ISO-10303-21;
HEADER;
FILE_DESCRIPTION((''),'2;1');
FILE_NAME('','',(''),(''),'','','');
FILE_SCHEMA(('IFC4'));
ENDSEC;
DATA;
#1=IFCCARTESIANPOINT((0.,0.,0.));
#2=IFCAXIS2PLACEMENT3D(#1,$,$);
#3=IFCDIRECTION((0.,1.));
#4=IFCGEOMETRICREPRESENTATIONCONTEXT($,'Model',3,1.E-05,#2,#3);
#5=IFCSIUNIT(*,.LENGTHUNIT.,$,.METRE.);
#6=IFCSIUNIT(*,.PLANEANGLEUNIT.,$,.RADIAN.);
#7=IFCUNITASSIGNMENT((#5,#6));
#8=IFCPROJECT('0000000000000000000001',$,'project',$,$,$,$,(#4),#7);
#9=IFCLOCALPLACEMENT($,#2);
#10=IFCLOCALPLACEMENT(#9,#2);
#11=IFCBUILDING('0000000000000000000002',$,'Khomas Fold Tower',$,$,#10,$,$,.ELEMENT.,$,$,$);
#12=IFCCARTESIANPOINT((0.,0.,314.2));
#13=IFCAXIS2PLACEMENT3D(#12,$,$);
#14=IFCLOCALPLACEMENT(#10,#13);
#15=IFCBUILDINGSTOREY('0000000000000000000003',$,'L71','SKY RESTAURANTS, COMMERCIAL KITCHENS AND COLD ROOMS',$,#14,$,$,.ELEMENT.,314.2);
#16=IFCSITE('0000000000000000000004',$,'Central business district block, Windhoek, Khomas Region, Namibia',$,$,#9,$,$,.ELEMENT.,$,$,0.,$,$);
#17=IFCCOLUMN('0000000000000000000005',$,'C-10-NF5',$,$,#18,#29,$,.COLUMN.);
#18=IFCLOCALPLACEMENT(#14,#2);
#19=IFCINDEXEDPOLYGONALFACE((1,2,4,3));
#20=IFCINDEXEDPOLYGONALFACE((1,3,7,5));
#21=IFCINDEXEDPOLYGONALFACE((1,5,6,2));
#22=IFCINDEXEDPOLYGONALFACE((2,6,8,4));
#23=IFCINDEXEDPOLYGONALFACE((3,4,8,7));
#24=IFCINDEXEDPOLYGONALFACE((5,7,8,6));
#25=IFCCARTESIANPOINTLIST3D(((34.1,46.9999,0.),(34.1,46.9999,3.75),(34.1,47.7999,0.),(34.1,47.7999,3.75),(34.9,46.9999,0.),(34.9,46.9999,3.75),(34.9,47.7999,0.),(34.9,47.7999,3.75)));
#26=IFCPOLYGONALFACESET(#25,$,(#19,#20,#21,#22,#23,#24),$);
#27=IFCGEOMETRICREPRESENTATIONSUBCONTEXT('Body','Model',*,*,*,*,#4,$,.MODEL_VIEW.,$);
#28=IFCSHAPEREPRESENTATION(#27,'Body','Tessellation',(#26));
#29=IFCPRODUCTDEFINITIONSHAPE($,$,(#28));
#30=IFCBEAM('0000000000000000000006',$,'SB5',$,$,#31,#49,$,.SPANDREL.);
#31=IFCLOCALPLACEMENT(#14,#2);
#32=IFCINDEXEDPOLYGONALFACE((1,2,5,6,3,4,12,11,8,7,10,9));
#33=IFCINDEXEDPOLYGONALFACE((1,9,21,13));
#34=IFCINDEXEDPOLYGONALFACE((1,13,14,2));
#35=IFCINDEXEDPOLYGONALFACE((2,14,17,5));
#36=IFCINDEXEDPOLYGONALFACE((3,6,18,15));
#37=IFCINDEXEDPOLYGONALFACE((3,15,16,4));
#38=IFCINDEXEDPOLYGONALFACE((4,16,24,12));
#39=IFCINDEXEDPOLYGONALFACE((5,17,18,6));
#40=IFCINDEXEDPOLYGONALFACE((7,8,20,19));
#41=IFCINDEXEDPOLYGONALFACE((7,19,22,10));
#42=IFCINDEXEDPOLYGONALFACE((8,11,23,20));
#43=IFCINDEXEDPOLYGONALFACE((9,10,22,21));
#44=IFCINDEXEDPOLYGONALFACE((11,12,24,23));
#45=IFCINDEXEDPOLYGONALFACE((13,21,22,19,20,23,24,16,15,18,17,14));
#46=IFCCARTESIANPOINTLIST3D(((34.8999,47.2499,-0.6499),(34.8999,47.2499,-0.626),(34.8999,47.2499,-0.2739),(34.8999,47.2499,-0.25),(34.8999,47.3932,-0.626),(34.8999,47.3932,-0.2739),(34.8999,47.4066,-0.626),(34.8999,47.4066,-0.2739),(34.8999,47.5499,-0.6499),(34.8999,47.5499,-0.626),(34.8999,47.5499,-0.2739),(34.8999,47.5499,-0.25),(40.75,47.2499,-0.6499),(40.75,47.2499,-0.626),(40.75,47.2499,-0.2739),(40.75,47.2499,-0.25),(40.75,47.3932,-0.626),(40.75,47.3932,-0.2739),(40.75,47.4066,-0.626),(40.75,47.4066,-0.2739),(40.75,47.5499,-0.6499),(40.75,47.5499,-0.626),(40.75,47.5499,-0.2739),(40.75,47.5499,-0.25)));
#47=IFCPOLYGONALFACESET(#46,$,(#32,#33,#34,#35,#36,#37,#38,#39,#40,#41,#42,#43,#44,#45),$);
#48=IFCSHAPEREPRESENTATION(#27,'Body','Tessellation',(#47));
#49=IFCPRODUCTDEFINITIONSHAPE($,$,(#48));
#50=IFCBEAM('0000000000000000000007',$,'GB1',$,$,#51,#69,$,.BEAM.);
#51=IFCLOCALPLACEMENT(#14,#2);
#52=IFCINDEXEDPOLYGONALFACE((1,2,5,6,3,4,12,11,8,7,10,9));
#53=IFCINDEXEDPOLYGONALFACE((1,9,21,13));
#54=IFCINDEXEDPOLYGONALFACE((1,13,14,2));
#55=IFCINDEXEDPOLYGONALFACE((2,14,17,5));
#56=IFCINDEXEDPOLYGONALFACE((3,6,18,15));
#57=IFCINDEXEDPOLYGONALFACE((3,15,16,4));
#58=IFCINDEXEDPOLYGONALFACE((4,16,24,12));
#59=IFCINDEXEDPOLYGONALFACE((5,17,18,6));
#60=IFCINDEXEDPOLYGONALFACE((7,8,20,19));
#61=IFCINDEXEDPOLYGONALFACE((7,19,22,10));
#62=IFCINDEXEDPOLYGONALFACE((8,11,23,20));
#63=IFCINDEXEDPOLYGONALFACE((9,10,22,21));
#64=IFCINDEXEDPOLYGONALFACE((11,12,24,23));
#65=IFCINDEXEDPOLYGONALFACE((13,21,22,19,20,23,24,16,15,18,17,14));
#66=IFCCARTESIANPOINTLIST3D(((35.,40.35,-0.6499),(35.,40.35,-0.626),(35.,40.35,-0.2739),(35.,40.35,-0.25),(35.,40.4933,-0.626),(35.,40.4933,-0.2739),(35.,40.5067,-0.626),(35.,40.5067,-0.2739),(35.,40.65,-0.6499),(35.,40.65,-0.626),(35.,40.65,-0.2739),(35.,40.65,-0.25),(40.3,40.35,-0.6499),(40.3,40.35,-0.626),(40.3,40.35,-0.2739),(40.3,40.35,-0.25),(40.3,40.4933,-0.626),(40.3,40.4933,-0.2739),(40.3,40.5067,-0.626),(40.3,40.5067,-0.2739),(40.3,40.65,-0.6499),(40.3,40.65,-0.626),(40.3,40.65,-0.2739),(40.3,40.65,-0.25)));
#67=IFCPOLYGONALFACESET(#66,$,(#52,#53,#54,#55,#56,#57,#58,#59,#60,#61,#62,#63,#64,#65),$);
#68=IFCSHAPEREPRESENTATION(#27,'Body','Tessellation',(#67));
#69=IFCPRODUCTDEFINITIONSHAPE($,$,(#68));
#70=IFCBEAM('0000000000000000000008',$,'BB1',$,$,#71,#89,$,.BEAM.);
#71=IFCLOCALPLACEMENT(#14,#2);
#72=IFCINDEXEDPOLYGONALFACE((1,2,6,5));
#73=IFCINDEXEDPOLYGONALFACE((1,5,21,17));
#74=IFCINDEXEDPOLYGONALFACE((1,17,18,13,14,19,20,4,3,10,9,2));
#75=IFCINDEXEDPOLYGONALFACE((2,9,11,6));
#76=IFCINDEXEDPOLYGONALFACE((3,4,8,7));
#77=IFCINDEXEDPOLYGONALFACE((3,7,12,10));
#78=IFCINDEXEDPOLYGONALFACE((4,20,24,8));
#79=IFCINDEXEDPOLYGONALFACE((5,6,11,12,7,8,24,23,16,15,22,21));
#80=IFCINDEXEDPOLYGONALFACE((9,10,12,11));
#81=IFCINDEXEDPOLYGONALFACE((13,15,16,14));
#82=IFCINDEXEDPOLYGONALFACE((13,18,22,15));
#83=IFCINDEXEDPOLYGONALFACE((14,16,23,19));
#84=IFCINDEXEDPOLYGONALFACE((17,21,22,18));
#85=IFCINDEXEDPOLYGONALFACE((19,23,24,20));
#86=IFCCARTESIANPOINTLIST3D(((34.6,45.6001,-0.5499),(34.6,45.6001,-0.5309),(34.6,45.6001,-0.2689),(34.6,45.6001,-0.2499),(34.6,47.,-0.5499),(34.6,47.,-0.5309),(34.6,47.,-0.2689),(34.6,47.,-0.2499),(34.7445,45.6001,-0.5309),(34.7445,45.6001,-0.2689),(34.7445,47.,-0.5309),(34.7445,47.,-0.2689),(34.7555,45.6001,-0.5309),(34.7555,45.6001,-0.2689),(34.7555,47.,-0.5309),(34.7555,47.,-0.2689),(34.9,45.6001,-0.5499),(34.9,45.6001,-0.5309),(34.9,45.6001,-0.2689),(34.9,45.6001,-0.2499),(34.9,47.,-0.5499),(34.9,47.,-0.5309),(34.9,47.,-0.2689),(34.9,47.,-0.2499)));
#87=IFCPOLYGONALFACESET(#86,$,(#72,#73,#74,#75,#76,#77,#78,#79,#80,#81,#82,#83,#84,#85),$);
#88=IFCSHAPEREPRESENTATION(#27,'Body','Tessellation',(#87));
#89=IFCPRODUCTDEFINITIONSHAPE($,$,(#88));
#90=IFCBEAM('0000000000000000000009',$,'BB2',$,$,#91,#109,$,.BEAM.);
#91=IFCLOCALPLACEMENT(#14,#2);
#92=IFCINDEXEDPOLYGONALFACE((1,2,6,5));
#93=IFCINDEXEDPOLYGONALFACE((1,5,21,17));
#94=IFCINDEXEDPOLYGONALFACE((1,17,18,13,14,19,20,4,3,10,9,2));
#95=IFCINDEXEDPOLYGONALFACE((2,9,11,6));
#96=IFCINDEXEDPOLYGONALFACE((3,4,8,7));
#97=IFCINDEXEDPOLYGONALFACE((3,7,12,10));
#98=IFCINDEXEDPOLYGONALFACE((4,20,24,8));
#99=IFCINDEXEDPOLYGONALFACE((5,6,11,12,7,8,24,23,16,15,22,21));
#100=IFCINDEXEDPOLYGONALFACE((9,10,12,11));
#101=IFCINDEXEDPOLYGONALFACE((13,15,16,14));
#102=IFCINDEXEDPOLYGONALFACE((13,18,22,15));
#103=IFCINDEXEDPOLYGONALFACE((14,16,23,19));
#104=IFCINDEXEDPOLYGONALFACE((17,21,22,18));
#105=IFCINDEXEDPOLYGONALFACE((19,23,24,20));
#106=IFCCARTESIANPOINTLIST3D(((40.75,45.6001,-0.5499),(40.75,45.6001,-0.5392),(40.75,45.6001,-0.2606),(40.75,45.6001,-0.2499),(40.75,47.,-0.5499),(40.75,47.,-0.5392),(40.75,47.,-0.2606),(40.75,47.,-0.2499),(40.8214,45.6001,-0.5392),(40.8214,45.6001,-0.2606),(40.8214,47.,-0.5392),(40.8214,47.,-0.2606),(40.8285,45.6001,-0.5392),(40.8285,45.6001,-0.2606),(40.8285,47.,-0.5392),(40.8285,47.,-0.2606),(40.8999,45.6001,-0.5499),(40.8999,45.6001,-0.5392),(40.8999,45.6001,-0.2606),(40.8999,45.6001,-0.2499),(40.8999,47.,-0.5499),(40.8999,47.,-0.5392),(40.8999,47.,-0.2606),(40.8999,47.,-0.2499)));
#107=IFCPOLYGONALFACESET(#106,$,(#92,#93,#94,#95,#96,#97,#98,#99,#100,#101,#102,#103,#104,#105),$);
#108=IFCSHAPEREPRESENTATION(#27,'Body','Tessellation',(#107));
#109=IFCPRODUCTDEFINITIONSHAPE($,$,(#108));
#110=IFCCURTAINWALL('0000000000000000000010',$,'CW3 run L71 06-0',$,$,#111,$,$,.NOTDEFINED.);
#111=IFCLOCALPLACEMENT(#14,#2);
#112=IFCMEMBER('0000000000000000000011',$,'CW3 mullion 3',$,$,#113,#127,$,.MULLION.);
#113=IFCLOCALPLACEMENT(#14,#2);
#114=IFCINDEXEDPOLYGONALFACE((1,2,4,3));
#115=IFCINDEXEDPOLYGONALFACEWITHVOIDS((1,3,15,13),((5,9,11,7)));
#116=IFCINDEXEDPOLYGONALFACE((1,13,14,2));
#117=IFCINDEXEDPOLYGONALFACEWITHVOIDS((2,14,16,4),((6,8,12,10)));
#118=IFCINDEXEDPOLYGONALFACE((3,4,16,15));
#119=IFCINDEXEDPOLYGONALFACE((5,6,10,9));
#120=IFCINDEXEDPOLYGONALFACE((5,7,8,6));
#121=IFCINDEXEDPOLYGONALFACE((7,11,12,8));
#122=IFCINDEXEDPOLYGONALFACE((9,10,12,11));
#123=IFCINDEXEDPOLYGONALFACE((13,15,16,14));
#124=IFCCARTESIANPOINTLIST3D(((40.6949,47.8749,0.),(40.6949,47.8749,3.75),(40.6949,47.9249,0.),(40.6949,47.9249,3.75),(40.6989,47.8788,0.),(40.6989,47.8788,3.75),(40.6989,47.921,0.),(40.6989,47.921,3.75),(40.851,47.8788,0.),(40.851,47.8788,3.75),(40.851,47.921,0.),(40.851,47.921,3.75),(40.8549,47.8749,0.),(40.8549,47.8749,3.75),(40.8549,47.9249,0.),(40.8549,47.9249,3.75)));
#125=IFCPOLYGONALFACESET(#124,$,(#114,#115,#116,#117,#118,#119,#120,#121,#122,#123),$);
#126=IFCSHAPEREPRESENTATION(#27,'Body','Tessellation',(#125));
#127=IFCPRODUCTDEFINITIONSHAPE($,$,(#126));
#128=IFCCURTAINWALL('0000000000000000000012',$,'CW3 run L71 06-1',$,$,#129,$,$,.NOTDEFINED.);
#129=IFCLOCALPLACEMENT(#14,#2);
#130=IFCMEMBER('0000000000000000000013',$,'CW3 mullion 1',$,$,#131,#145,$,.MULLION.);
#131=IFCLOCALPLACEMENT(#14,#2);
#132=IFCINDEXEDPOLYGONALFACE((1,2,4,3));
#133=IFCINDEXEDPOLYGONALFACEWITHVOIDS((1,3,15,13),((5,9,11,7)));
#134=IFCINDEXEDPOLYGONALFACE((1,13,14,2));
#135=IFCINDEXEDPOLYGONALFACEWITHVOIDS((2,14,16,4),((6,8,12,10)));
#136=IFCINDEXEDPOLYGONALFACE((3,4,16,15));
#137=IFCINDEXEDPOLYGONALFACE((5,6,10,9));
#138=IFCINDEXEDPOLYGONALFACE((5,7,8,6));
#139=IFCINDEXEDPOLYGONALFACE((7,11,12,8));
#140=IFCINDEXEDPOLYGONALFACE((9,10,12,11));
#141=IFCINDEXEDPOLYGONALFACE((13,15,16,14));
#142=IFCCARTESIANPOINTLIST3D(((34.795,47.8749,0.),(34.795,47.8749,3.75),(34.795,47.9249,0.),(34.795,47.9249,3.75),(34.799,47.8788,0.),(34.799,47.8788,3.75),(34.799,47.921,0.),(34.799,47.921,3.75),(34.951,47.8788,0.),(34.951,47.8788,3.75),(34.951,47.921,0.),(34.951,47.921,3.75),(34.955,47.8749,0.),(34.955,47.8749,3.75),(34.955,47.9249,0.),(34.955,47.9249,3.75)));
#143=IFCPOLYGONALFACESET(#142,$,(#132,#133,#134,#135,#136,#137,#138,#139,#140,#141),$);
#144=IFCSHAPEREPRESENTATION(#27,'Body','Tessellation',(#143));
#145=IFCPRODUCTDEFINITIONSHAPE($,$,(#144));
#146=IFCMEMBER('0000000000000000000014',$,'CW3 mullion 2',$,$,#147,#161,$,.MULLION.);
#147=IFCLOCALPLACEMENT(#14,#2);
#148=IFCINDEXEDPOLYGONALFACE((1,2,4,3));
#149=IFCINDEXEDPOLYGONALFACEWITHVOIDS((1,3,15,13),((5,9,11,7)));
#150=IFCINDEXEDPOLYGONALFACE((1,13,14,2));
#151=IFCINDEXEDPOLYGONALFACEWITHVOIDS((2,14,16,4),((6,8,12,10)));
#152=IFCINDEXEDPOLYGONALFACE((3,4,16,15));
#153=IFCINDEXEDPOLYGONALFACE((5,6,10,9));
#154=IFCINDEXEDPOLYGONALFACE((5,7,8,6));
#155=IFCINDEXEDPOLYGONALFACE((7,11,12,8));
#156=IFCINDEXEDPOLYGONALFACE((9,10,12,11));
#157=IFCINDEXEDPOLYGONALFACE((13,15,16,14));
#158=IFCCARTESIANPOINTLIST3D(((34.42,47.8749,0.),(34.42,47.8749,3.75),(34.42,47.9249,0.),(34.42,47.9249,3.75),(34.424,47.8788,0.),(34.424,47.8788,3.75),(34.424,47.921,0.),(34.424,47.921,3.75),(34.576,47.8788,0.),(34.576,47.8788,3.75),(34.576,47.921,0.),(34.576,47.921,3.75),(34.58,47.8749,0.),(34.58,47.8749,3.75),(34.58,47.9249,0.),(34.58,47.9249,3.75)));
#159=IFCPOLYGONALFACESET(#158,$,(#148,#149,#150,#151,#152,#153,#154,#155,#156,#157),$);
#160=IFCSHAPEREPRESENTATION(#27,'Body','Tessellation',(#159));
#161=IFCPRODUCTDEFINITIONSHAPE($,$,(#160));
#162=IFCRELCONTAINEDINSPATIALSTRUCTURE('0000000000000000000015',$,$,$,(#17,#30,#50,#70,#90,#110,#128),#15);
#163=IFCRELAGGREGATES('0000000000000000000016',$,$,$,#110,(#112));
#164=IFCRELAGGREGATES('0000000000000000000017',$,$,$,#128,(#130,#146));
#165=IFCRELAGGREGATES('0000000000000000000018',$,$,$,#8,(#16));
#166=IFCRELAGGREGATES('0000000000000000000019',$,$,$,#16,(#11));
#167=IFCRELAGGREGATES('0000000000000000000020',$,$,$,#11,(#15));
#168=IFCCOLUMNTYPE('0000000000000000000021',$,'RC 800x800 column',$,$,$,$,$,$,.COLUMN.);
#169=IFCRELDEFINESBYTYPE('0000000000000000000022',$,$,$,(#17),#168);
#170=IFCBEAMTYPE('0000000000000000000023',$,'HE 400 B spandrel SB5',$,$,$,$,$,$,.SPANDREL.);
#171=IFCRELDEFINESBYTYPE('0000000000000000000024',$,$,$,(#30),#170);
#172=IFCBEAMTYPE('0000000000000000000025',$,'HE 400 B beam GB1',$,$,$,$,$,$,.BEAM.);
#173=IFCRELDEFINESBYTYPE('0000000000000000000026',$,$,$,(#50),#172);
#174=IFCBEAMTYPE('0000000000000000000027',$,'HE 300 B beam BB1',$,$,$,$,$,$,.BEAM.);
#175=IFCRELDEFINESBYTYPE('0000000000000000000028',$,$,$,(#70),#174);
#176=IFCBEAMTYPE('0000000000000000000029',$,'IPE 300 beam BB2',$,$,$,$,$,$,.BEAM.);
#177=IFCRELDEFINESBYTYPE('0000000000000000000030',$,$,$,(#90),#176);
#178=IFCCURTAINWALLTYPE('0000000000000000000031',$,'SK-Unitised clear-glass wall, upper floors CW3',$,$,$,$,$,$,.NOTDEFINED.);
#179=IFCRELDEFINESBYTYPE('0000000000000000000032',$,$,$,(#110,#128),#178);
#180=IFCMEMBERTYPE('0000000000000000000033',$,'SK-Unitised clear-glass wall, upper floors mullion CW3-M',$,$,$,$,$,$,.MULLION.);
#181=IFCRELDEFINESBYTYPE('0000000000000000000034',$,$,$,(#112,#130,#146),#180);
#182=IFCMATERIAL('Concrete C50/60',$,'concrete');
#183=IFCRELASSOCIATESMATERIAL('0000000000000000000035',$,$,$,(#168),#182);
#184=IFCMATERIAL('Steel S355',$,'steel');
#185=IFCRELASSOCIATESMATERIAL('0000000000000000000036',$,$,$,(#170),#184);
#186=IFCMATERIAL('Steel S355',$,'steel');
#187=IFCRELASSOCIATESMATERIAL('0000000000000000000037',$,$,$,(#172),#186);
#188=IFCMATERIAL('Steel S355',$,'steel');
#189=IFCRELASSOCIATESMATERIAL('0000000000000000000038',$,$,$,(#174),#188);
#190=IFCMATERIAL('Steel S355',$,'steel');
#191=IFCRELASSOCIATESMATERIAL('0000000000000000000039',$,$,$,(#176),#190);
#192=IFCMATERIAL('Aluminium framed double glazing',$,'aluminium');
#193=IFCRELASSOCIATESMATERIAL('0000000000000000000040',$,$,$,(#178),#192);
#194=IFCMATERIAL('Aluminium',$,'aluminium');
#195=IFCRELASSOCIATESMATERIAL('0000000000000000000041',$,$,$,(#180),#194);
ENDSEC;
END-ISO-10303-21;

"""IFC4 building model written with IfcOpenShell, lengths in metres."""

from ifc_helpers import new_model, si_unit, direction, frame, origin, origin_2d, place, context, subcontext, project, spatial, rectangle, hollow_rectangle, i_section, extrude, source, transform, mapped, material, material_profile, profile_set, type_object, element, aggregate, save


model = new_model("IFC4")

# Units and contexts
model_context = context("Model", 3, precision=1e-05, world=origin(), true_north=direction((0.0, 1.0)))
body_context = subcontext(model_context, "Body", "Model", "MODEL_VIEW")
ifc_project = project(units=[si_unit("LENGTHUNIT", "METRE"), si_unit("PLANEANGLEUNIT", "RADIAN")], contexts=[model_context])

# Site, building, storey
site_placement = place(None, origin())
site = spatial("IfcSite", under=ifc_project, at=site_placement, Name="Central business district block, Windhoek, Khomas Region, Namibia", CompositionType="ELEMENT", RefElevation=0.0)
building_placement = place(site_placement, origin())
building = spatial("IfcBuilding", under=site, at=building_placement, Name="Khomas Fold Tower", CompositionType="ELEMENT")
storey_placement = place(building_placement, frame((0.0, 0.0, 314.2)))
storey = spatial("IfcBuildingStorey", under=building, at=storey_placement, Name="L71", Description="SKY RESTAURANTS, COMMERCIAL KITCHENS AND COLD ROOMS", CompositionType="ELEMENT", Elevation=314.2)

# Column
ifc_material_1 = material(Name="Concrete C50/60", Category="concrete")
ifc_material_profile_1 = material_profile(ifc_material_1, rectangle(XDim=0.8, YDim=0.8, at=origin_2d()), Name="RC 800x800")
ifc_profile_set_1 = profile_set([ifc_material_profile_1], Name="Concrete C50/60")
column_type = type_object("IfcColumnType", Name="RC 800x800 column", PredefinedType="COLUMN", material=ifc_profile_set_1)
shared_shape_1 = source(origin(), body_context, "Body", "SweptSolid", [
    extrude(rectangle(XDim=0.8, YDim=0.8, at=origin_2d()), origin(), (0.0, 0.0, 1.0), 3.75),
])
column_placement = place(storey_placement, frame((34.5, 47.3999, 0.0), z_axis=(0.0, 0.0, 1.0), x_axis=(1.0, 0.0, 0.0)))
element("IfcColumn", 1, at=column_placement, inside=storey, type_object=column_type, Name="C-10-NF5", PredefinedType="COLUMN", context=body_context, shape_type="MappedRepresentation", body=[
    mapped(shared_shape_1, transform((0.0, 0.0, 0.0))),
])

# Beams
ifc_material_2 = material(Name="Steel S355", Category="steel")
ifc_material_profile_2 = material_profile(ifc_material_2, i_section(OverallWidth=0.3, OverallDepth=0.3999, WebThickness=0.0134, FlangeThickness=0.0239, at=origin_2d()), Name="HE 400 B")
ifc_profile_set_2 = profile_set([ifc_material_profile_2], Name="Steel S355")
beam_type_1 = type_object("IfcBeamType", Name="HE 400 B spandrel SB5", PredefinedType="SPANDREL", material=ifc_profile_set_2)
shared_shape_2 = source(origin(), body_context, "Body", "SweptSolid", [
    extrude(i_section(OverallWidth=0.3, OverallDepth=0.3999, WebThickness=0.0134, FlangeThickness=0.0239, at=origin_2d()), origin(), (0.0, 0.0, 1.0), 5.8501),
])
beam_1_placement = place(storey_placement, frame((34.8999, 47.3999, -0.45), z_axis=(1.0, 0.0, 0.0), x_axis=(0.0, 1.0, 0.0)))
element("IfcBeam", 2, at=beam_1_placement, inside=storey, type_object=beam_type_1, Name="SB5", PredefinedType="SPANDREL", context=body_context, shape_type="MappedRepresentation", body=[
    mapped(shared_shape_2, transform((0.0, 0.0, 0.0))),
])
ifc_material_3 = material(Name="Steel S355", Category="steel")
ifc_material_profile_3 = material_profile(ifc_material_3, i_section(OverallWidth=0.3, OverallDepth=0.3999, WebThickness=0.0134, FlangeThickness=0.0239, at=origin_2d()), Name="HE 400 B")
ifc_profile_set_3 = profile_set([ifc_material_profile_3], Name="Steel S355")
beam_type_2 = type_object("IfcBeamType", Name="HE 400 B beam GB1", PredefinedType="BEAM", material=ifc_profile_set_3)
shared_shape_3 = source(origin(), body_context, "Body", "SweptSolid", [
    extrude(i_section(OverallWidth=0.3, OverallDepth=0.3999, WebThickness=0.0134, FlangeThickness=0.0239, at=origin_2d()), origin(), (0.0, 0.0, 1.0), 5.3),
])
beam_2_placement = place(storey_placement, frame((35.0, 40.5, -0.45), z_axis=(1.0, 0.0, 0.0), x_axis=(0.0, 1.0, 0.0)))
element("IfcBeam", 3, at=beam_2_placement, inside=storey, type_object=beam_type_2, Name="GB1", PredefinedType="BEAM", context=body_context, shape_type="MappedRepresentation", body=[
    mapped(shared_shape_3, transform((0.0, 0.0, 0.0))),
])
ifc_material_4 = material(Name="Steel S355", Category="steel")
ifc_material_profile_4 = material_profile(ifc_material_4, i_section(OverallWidth=0.3, OverallDepth=0.3, WebThickness=0.011, FlangeThickness=0.019, at=origin_2d()), Name="HE 300 B")
ifc_profile_set_4 = profile_set([ifc_material_profile_4], Name="Steel S355")
beam_type_3 = type_object("IfcBeamType", Name="HE 300 B beam BB1", PredefinedType="BEAM", material=ifc_profile_set_4)
shared_shape_4 = source(origin(), body_context, "Body", "SweptSolid", [
    extrude(i_section(OverallWidth=0.3, OverallDepth=0.3, WebThickness=0.011, FlangeThickness=0.019, at=origin_2d()), origin(), (0.0, 0.0, 1.0), 1.3999),
])
beam_3_placement = place(storey_placement, frame((34.75, 45.6001, -0.3999), z_axis=(0.0, 1.0, 0.0), x_axis=(-1.0, 0.0, 0.0)))
element("IfcBeam", 4, at=beam_3_placement, inside=storey, type_object=beam_type_3, Name="BB1", PredefinedType="BEAM", context=body_context, shape_type="MappedRepresentation", body=[
    mapped(shared_shape_4, transform((0.0, 0.0, 0.0))),
])
ifc_material_5 = material(Name="Steel S355", Category="steel")
ifc_material_profile_5 = material_profile(ifc_material_5, i_section(OverallWidth=0.1499, OverallDepth=0.3, WebThickness=0.0071, FlangeThickness=0.0107, at=origin_2d()), Name="IPE 300")
ifc_profile_set_5 = profile_set([ifc_material_profile_5], Name="Steel S355")
beam_type_4 = type_object("IfcBeamType", Name="IPE 300 beam BB2", PredefinedType="BEAM", material=ifc_profile_set_5)
shared_shape_5 = source(origin(), body_context, "Body", "SweptSolid", [
    extrude(i_section(OverallWidth=0.1499, OverallDepth=0.3, WebThickness=0.0071, FlangeThickness=0.0107, at=origin_2d()), origin(), (0.0, 0.0, 1.0), 1.3999),
])
beam_4_placement = place(storey_placement, frame((40.825, 45.6001, -0.3999), z_axis=(0.0, 1.0, 0.0), x_axis=(-1.0, 0.0, 0.0)))
element("IfcBeam", 5, at=beam_4_placement, inside=storey, type_object=beam_type_4, Name="BB2", PredefinedType="BEAM", context=body_context, shape_type="MappedRepresentation", body=[
    mapped(shared_shape_5, transform((0.0, 0.0, 0.0))),
])

# Curtain wall, member
ifc_material_6 = material(Name="Aluminium framed double glazing", Category="aluminium")
curtain_wall_type = type_object("IfcCurtainWallType", Name="SK-Unitised clear-glass wall, upper floors CW3", PredefinedType="NOTDEFINED", material=ifc_material_6)
curtain_wall_1_placement = place(storey_placement, origin())
curtain_wall_1 = element("IfcCurtainWall", 6, at=curtain_wall_1_placement, inside=storey, type_object=curtain_wall_type, Name="CW3 run L71 06-0", PredefinedType="NOTDEFINED")
ifc_material_7 = material(Name="Aluminium", Category="aluminium")
ifc_material_profile_6 = material_profile(ifc_material_7, hollow_rectangle(XDim=0.05, YDim=0.1599, WallThickness=0.0039, at=origin_2d()), Name="SK-Unitised clear-glass wall, upper floors mullion CW3-M")
ifc_profile_set_6 = profile_set([ifc_material_profile_6], Name="Aluminium")
member_type_1 = type_object("IfcMemberType", Name="SK-Unitised clear-glass wall, upper floors mullion CW3-M", PredefinedType="MULLION", material=ifc_profile_set_6)
shared_shape_6 = source(origin(), body_context, "Body", "SweptSolid", [
    extrude(hollow_rectangle(XDim=0.05, YDim=0.1599, WallThickness=0.0039, at=origin_2d()), origin(), (0.0, 0.0, 1.0), 3.75),
])
member_1_placement = place(storey_placement, frame((40.7749, 47.8999, 0.0), z_axis=(0.0, 0.0, 1.0), x_axis=(0.0, -1.0, 0.0)))
member_1 = element("IfcMember", 7, at=member_1_placement, type_object=member_type_1, Name="CW3 mullion 3", PredefinedType="MULLION", context=body_context, shape_type="MappedRepresentation", body=[
    mapped(shared_shape_6, transform((0.0, 0.0, 0.0))),
])

# Curtain wall, members
curtain_wall_2_placement = place(storey_placement, origin())
curtain_wall_2 = element("IfcCurtainWall", 8, at=curtain_wall_2_placement, inside=storey, type_object=curtain_wall_type, Name="CW3 run L71 06-1", PredefinedType="NOTDEFINED")
member_2_placement = place(storey_placement, frame((34.875, 47.8999, 0.0), z_axis=(0.0, 0.0, 1.0), x_axis=(0.0, -1.0, 0.0)))
member_2 = element("IfcMember", 9, at=member_2_placement, type_object=member_type_1, Name="CW3 mullion 1", PredefinedType="MULLION", context=body_context, shape_type="MappedRepresentation", body=[
    mapped(shared_shape_6, transform((0.0, 0.0, 0.0))),
])
member_3_placement = place(storey_placement, frame((34.5, 47.8999, 0.0), z_axis=(0.0, 0.0, 1.0), x_axis=(0.0, -1.0, 0.0)))
member_3 = element("IfcMember", 10, at=member_3_placement, type_object=member_type_1, Name="CW3 mullion 2", PredefinedType="MULLION", context=body_context, shape_type="MappedRepresentation", body=[
    mapped(shared_shape_6, transform((0.0, 0.0, 0.0))),
])

aggregate(curtain_wall_1, [member_1])
aggregate(curtain_wall_2, [member_2, member_3])

save(model, "model.ifc")
